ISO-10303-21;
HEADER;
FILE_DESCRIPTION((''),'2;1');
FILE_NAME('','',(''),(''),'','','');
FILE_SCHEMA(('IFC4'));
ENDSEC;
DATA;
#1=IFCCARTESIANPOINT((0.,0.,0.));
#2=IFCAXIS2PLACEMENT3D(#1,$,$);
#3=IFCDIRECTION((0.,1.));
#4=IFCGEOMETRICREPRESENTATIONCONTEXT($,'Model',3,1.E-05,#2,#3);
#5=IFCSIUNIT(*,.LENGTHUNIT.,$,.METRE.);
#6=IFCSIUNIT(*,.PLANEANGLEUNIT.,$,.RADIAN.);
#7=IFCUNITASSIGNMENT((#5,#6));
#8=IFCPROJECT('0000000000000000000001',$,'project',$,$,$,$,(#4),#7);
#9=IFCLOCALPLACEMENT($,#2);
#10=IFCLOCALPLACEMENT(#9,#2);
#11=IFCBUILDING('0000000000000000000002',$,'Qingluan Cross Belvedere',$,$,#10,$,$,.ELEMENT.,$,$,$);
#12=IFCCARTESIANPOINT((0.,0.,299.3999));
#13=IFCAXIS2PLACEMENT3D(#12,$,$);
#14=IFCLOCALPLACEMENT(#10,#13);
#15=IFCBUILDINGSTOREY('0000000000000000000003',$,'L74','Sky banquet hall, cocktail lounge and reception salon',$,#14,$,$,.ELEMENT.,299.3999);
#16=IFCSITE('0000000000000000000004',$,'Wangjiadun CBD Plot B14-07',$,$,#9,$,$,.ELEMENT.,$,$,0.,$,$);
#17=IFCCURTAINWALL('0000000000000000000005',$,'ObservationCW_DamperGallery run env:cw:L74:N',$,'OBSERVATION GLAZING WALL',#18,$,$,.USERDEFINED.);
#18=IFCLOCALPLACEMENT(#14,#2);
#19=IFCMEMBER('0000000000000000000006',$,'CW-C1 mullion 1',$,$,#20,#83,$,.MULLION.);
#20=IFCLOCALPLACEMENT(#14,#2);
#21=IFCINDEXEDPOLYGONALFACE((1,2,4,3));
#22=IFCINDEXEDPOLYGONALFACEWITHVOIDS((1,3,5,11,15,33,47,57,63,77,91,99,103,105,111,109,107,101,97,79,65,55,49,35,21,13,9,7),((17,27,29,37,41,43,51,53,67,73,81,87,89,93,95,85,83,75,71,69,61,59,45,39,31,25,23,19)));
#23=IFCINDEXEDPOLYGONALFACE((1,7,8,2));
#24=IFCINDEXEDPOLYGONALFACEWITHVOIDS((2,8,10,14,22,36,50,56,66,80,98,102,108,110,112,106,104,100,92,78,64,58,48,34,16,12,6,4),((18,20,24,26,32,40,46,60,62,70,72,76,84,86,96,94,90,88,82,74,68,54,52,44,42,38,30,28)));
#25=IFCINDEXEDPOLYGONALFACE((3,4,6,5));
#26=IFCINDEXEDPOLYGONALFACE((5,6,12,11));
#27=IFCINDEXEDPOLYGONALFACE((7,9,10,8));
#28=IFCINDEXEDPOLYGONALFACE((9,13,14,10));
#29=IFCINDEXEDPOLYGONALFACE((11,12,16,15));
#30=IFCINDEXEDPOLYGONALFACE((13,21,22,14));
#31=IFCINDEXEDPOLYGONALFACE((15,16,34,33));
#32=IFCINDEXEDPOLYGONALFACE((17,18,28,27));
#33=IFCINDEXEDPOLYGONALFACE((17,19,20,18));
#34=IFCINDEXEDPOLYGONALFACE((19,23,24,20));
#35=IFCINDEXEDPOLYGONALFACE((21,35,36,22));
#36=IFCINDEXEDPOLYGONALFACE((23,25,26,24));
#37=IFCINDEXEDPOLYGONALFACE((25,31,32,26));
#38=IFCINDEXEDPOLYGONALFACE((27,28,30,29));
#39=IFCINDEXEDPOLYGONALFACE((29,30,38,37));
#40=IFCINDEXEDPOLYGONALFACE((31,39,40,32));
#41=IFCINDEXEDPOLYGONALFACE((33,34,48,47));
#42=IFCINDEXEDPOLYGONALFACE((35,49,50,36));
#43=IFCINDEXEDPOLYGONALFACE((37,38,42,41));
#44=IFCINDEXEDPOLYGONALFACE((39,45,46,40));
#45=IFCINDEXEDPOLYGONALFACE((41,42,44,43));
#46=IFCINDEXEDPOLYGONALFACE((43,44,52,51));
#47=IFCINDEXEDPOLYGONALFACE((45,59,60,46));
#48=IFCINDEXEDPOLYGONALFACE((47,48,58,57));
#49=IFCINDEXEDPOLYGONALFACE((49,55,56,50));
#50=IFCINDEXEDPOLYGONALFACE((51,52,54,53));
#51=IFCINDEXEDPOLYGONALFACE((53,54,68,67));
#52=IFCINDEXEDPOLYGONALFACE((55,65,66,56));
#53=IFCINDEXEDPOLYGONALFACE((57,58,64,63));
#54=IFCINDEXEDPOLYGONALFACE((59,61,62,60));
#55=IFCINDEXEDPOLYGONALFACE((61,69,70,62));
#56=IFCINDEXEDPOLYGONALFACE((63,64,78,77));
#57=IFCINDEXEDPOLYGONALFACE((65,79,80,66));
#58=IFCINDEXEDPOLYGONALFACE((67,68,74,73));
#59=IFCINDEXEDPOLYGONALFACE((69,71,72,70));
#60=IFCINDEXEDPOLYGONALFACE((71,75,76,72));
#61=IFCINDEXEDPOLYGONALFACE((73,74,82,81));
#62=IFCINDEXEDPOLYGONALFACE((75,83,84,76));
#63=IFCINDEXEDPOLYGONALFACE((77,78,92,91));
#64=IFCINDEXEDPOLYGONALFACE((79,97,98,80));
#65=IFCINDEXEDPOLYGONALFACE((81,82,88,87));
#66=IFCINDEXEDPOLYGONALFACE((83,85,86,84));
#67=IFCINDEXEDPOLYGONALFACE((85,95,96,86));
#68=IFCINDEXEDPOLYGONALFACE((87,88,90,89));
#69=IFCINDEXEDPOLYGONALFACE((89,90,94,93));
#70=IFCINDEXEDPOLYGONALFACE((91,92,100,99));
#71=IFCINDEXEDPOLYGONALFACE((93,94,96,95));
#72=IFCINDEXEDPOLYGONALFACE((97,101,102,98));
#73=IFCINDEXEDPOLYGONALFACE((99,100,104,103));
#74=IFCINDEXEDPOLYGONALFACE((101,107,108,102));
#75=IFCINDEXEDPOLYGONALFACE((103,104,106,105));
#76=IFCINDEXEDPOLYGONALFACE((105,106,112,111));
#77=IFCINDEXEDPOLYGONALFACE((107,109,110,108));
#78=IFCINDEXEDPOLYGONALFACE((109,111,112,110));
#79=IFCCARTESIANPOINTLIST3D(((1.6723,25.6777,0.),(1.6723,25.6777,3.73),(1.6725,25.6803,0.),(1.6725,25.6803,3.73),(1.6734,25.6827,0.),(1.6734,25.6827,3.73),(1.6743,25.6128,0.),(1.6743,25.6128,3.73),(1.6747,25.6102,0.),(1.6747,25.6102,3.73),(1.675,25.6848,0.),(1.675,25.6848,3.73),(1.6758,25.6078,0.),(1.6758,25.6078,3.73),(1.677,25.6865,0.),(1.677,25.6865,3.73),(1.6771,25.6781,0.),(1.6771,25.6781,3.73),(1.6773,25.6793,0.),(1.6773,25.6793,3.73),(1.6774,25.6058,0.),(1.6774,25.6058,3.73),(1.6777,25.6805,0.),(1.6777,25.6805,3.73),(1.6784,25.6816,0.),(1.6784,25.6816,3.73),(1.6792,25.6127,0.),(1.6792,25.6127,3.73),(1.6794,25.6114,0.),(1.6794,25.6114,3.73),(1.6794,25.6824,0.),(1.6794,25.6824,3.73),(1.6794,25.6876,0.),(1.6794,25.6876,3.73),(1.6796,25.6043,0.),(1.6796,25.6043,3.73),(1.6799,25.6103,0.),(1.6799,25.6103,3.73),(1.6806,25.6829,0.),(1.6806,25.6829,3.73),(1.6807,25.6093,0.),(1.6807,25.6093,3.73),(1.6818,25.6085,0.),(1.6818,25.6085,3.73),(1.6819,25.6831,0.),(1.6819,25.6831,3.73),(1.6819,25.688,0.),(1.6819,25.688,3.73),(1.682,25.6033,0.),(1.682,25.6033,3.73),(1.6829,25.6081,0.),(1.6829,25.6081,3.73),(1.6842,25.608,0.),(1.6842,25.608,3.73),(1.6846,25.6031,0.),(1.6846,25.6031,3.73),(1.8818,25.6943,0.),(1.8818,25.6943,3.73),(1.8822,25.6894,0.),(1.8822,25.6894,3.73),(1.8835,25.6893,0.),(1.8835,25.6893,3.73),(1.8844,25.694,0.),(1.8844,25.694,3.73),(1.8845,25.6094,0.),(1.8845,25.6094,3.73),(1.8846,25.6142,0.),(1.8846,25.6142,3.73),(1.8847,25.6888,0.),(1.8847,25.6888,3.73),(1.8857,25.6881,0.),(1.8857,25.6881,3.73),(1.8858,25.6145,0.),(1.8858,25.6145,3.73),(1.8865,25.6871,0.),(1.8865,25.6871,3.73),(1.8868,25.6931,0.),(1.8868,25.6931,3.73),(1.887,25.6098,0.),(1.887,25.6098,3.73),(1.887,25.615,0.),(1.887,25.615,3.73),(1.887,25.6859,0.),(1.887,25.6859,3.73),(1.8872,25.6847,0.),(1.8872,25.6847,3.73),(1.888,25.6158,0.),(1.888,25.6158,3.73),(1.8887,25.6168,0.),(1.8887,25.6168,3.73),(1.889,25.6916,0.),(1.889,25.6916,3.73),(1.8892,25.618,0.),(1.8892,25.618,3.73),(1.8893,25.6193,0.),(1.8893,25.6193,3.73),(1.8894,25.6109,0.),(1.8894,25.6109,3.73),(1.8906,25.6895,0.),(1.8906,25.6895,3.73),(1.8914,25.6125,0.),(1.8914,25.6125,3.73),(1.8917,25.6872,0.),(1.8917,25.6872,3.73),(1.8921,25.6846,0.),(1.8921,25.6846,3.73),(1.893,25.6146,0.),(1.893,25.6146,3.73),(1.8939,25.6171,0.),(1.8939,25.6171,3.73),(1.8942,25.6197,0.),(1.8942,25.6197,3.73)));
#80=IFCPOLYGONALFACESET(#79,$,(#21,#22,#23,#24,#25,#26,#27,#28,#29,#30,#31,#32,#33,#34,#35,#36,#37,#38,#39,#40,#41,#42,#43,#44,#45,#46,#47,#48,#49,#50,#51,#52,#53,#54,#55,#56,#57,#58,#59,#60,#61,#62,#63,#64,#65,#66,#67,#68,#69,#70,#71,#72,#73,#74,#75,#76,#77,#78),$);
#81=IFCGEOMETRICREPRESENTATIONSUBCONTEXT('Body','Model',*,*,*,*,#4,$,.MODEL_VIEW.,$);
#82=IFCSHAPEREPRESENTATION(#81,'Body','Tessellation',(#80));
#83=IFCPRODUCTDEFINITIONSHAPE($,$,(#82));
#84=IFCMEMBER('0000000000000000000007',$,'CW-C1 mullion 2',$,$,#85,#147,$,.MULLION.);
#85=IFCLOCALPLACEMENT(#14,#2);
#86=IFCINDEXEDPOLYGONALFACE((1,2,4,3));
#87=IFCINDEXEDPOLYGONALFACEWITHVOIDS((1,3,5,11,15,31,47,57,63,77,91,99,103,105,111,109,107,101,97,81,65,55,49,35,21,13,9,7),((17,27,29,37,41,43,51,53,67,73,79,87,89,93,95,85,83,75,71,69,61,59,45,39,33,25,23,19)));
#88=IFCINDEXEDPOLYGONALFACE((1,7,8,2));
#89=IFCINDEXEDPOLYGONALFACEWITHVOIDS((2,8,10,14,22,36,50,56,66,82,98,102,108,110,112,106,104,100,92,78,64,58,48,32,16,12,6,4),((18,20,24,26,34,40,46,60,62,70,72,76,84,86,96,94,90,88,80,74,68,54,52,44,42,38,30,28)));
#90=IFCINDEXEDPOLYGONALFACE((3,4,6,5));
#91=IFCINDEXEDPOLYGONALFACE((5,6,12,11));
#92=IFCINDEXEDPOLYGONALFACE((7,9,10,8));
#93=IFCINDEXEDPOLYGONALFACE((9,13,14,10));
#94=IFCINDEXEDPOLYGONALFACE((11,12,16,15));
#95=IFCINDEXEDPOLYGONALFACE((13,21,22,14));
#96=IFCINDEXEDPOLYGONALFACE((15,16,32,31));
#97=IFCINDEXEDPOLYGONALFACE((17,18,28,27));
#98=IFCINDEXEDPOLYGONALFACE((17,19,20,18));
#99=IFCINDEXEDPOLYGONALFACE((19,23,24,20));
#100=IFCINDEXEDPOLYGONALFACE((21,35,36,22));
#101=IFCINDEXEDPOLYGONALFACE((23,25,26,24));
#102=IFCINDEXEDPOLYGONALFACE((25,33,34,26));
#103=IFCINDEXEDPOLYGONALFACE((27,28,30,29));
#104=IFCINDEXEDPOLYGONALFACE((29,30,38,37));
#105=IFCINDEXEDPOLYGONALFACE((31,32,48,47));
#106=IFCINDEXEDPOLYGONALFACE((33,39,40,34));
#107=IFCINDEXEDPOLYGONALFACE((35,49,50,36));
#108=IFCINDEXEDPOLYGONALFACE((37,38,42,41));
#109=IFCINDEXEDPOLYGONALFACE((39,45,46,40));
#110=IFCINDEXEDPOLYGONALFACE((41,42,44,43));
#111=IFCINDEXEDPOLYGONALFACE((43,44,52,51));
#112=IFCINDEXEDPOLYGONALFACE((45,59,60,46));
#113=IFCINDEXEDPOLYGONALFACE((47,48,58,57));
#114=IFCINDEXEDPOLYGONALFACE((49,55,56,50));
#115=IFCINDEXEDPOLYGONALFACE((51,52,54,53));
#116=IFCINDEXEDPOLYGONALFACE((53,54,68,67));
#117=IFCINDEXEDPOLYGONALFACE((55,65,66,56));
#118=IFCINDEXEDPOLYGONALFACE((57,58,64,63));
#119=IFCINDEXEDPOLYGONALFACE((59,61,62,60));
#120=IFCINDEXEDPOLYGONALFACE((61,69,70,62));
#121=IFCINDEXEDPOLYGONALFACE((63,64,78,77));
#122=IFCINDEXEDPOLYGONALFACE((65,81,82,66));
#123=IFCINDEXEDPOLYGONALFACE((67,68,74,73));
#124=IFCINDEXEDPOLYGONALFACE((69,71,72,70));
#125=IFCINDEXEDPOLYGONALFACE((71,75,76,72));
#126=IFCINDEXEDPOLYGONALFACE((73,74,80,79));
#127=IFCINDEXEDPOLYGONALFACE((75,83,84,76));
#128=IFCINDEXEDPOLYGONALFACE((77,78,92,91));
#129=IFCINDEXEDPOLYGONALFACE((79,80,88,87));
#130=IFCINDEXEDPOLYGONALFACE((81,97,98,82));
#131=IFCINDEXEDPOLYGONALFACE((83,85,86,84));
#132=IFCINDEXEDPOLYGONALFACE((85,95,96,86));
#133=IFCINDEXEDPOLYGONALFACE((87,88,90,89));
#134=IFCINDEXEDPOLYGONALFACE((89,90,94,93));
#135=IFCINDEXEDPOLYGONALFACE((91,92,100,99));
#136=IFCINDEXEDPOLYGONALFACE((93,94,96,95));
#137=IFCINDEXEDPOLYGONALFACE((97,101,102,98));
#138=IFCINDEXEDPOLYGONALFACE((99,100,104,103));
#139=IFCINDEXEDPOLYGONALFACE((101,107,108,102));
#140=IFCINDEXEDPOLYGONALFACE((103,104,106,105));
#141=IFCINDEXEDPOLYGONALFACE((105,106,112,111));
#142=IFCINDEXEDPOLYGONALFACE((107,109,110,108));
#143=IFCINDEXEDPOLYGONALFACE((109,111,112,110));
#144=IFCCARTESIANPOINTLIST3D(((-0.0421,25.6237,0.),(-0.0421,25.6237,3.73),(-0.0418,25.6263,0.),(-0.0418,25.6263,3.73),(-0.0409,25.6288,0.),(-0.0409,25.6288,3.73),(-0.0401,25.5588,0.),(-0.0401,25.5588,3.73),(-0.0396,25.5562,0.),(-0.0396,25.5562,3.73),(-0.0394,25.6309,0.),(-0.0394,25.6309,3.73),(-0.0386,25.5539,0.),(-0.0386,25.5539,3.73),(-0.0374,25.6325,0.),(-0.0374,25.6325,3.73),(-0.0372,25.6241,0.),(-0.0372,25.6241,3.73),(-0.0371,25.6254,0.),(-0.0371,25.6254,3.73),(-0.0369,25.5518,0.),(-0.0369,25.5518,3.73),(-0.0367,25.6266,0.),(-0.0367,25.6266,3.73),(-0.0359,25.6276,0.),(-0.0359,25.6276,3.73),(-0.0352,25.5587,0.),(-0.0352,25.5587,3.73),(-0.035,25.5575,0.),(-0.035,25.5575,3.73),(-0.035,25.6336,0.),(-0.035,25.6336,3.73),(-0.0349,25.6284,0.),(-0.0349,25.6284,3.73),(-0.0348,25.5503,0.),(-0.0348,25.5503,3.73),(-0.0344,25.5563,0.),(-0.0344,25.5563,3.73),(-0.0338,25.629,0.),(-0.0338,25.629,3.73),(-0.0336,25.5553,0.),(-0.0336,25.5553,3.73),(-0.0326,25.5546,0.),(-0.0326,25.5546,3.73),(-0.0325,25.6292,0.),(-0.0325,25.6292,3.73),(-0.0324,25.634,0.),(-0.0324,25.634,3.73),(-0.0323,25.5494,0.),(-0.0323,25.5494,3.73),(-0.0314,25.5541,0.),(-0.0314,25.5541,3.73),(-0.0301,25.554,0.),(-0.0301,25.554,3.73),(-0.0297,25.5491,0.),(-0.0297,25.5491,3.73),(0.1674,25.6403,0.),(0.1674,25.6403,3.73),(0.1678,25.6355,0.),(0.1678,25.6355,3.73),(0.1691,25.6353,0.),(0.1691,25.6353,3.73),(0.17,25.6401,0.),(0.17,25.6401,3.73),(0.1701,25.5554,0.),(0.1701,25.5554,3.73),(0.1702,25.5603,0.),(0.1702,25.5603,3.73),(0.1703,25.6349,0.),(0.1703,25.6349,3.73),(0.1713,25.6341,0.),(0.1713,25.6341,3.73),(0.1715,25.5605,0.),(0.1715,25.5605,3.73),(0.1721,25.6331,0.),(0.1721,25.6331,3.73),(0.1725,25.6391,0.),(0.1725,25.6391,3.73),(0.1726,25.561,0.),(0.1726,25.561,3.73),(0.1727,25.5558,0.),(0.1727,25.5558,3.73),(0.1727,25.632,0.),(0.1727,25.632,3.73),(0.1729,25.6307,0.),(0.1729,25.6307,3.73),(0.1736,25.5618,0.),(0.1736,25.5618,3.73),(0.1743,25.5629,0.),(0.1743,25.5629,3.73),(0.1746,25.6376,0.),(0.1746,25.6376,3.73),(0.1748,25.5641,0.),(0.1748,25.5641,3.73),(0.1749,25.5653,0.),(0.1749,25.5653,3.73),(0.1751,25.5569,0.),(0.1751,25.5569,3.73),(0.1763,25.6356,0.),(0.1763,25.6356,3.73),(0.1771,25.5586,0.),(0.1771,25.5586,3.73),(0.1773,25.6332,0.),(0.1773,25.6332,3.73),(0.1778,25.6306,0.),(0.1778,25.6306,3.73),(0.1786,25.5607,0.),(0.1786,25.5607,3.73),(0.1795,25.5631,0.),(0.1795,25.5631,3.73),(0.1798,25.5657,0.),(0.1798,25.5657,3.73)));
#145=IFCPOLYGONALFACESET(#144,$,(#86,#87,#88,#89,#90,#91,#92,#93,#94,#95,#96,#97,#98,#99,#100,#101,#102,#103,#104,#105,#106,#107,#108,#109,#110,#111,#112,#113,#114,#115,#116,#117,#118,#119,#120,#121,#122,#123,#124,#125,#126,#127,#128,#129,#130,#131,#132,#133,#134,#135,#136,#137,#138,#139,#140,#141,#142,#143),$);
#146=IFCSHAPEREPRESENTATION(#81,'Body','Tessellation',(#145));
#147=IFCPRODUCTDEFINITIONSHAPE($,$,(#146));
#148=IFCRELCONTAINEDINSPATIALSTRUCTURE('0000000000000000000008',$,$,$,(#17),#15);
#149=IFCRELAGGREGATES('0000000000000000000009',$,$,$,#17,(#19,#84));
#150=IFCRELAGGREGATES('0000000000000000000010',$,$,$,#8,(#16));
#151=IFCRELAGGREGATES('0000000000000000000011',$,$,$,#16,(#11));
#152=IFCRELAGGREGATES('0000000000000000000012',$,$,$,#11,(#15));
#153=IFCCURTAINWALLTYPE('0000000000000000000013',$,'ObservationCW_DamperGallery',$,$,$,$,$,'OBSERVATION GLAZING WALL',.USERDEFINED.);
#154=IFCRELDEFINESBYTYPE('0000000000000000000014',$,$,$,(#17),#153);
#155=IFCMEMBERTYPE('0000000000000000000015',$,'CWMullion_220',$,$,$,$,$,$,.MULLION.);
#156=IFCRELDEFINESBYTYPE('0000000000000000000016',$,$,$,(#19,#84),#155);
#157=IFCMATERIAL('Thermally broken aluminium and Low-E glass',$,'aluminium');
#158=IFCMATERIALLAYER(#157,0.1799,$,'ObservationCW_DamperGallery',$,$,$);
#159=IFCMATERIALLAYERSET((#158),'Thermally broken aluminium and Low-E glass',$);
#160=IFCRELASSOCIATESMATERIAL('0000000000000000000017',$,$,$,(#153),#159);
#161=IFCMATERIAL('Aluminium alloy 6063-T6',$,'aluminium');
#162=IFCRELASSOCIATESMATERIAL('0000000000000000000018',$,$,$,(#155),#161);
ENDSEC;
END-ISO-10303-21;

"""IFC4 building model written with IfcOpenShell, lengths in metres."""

from ifc_helpers import new_model, si_unit, direction, frame, origin, origin_2d, place, context, subcontext, project, spatial, hollow_rectangle, extrude, material, layer, layer_set, material_profile, profile_set, type_object, element, aggregate, save


model = new_model("IFC4")

# Units and contexts
model_context = context("Model", 3, precision=1e-05, world=origin(), true_north=direction((0.0, 1.0)))
body_context = subcontext(model_context, "Body", "Model", "MODEL_VIEW")
ifc_project = project(units=[si_unit("LENGTHUNIT", "METRE"), si_unit("PLANEANGLEUNIT", "RADIAN")], contexts=[model_context])

# Site, building, storey
site_placement = place(None, origin())
site = spatial("IfcSite", under=ifc_project, at=site_placement, Name="Wangjiadun CBD Plot B14-07", CompositionType="ELEMENT", RefElevation=0.0)
building_placement = place(site_placement, origin())
building = spatial("IfcBuilding", under=site, at=building_placement, Name="Qingluan Cross Belvedere", CompositionType="ELEMENT")
storey_placement = place(building_placement, frame((0.0, 0.0, 299.3999)))
storey = spatial("IfcBuildingStorey", under=building, at=storey_placement, Name="L74", Description="Sky banquet hall, cocktail lounge and reception salon", CompositionType="ELEMENT", Elevation=299.3999)

# Curtain wall, members
ifc_material_1 = material(Name="Thermally broken aluminium and Low-E glass", Category="aluminium")
ifc_layer_1 = layer(ifc_material_1, 0.1799, Name="ObservationCW_DamperGallery")
ifc_layer_set_1 = layer_set([ifc_layer_1], Name="Thermally broken aluminium and Low-E glass")
curtain_wall_type = type_object("IfcCurtainWallType", Name="ObservationCW_DamperGallery", ElementType="OBSERVATION GLAZING WALL", PredefinedType="USERDEFINED", material=ifc_layer_set_1)
curtain_wall_placement = place(storey_placement, origin())
curtain_wall = element("IfcCurtainWall", 1, at=curtain_wall_placement, inside=storey, type_object=curtain_wall_type, Name="ObservationCW_DamperGallery run env:cw:L74:N", ObjectType="OBSERVATION GLAZING WALL", PredefinedType="USERDEFINED")
ifc_material_2 = material(Name="Aluminium alloy 6063-T6", Category="aluminium")
ifc_material_profile_1 = material_profile(ifc_material_2, hollow_rectangle(XDim=0.085, YDim=0.22, WallThickness=0.0049, InnerFilletRadius=0.0049, OuterFilletRadius=0.01, at=origin_2d()), Name="CWM220x85x5")
ifc_profile_set_1 = profile_set([ifc_material_profile_1], Name="Aluminium alloy 6063-T6")
member_type_1 = type_object("IfcMemberType", Name="CWMullion_220", PredefinedType="MULLION", material=ifc_profile_set_1)
member_1_placement = place(storey_placement, frame((1.7832, 25.6487, 0.0), z_axis=(0.0, 0.0, 1.0), x_axis=(0.031398, -0.999507, 0.0)))
member_1 = element("IfcMember", 2, at=member_1_placement, type_object=member_type_1, Name="CW-C1 mullion 1", PredefinedType="MULLION", context=body_context, shape_type="SweptSolid", body=[
    extrude(hollow_rectangle(XDim=0.085, YDim=0.22, WallThickness=0.0049, InnerFilletRadius=0.0049, OuterFilletRadius=0.01, at=origin_2d()), origin(), (0.0, 0.0, 1.0), 3.73),
])
member_2_placement = place(storey_placement, frame((0.0688, 25.5947, 0.0), z_axis=(0.0, 0.0, 1.0), x_axis=(0.031398, -0.999507, 0.0)))
member_2 = element("IfcMember", 3, at=member_2_placement, type_object=member_type_1, Name="CW-C1 mullion 2", PredefinedType="MULLION", context=body_context, shape_type="SweptSolid", body=[
    extrude(hollow_rectangle(XDim=0.085, YDim=0.22, WallThickness=0.0049, InnerFilletRadius=0.0049, OuterFilletRadius=0.01, at=origin_2d()), origin(), (0.0, 0.0, 1.0), 3.73),
])
aggregate(curtain_wall, [member_1, member_2])

save(model, "model.ifc")
